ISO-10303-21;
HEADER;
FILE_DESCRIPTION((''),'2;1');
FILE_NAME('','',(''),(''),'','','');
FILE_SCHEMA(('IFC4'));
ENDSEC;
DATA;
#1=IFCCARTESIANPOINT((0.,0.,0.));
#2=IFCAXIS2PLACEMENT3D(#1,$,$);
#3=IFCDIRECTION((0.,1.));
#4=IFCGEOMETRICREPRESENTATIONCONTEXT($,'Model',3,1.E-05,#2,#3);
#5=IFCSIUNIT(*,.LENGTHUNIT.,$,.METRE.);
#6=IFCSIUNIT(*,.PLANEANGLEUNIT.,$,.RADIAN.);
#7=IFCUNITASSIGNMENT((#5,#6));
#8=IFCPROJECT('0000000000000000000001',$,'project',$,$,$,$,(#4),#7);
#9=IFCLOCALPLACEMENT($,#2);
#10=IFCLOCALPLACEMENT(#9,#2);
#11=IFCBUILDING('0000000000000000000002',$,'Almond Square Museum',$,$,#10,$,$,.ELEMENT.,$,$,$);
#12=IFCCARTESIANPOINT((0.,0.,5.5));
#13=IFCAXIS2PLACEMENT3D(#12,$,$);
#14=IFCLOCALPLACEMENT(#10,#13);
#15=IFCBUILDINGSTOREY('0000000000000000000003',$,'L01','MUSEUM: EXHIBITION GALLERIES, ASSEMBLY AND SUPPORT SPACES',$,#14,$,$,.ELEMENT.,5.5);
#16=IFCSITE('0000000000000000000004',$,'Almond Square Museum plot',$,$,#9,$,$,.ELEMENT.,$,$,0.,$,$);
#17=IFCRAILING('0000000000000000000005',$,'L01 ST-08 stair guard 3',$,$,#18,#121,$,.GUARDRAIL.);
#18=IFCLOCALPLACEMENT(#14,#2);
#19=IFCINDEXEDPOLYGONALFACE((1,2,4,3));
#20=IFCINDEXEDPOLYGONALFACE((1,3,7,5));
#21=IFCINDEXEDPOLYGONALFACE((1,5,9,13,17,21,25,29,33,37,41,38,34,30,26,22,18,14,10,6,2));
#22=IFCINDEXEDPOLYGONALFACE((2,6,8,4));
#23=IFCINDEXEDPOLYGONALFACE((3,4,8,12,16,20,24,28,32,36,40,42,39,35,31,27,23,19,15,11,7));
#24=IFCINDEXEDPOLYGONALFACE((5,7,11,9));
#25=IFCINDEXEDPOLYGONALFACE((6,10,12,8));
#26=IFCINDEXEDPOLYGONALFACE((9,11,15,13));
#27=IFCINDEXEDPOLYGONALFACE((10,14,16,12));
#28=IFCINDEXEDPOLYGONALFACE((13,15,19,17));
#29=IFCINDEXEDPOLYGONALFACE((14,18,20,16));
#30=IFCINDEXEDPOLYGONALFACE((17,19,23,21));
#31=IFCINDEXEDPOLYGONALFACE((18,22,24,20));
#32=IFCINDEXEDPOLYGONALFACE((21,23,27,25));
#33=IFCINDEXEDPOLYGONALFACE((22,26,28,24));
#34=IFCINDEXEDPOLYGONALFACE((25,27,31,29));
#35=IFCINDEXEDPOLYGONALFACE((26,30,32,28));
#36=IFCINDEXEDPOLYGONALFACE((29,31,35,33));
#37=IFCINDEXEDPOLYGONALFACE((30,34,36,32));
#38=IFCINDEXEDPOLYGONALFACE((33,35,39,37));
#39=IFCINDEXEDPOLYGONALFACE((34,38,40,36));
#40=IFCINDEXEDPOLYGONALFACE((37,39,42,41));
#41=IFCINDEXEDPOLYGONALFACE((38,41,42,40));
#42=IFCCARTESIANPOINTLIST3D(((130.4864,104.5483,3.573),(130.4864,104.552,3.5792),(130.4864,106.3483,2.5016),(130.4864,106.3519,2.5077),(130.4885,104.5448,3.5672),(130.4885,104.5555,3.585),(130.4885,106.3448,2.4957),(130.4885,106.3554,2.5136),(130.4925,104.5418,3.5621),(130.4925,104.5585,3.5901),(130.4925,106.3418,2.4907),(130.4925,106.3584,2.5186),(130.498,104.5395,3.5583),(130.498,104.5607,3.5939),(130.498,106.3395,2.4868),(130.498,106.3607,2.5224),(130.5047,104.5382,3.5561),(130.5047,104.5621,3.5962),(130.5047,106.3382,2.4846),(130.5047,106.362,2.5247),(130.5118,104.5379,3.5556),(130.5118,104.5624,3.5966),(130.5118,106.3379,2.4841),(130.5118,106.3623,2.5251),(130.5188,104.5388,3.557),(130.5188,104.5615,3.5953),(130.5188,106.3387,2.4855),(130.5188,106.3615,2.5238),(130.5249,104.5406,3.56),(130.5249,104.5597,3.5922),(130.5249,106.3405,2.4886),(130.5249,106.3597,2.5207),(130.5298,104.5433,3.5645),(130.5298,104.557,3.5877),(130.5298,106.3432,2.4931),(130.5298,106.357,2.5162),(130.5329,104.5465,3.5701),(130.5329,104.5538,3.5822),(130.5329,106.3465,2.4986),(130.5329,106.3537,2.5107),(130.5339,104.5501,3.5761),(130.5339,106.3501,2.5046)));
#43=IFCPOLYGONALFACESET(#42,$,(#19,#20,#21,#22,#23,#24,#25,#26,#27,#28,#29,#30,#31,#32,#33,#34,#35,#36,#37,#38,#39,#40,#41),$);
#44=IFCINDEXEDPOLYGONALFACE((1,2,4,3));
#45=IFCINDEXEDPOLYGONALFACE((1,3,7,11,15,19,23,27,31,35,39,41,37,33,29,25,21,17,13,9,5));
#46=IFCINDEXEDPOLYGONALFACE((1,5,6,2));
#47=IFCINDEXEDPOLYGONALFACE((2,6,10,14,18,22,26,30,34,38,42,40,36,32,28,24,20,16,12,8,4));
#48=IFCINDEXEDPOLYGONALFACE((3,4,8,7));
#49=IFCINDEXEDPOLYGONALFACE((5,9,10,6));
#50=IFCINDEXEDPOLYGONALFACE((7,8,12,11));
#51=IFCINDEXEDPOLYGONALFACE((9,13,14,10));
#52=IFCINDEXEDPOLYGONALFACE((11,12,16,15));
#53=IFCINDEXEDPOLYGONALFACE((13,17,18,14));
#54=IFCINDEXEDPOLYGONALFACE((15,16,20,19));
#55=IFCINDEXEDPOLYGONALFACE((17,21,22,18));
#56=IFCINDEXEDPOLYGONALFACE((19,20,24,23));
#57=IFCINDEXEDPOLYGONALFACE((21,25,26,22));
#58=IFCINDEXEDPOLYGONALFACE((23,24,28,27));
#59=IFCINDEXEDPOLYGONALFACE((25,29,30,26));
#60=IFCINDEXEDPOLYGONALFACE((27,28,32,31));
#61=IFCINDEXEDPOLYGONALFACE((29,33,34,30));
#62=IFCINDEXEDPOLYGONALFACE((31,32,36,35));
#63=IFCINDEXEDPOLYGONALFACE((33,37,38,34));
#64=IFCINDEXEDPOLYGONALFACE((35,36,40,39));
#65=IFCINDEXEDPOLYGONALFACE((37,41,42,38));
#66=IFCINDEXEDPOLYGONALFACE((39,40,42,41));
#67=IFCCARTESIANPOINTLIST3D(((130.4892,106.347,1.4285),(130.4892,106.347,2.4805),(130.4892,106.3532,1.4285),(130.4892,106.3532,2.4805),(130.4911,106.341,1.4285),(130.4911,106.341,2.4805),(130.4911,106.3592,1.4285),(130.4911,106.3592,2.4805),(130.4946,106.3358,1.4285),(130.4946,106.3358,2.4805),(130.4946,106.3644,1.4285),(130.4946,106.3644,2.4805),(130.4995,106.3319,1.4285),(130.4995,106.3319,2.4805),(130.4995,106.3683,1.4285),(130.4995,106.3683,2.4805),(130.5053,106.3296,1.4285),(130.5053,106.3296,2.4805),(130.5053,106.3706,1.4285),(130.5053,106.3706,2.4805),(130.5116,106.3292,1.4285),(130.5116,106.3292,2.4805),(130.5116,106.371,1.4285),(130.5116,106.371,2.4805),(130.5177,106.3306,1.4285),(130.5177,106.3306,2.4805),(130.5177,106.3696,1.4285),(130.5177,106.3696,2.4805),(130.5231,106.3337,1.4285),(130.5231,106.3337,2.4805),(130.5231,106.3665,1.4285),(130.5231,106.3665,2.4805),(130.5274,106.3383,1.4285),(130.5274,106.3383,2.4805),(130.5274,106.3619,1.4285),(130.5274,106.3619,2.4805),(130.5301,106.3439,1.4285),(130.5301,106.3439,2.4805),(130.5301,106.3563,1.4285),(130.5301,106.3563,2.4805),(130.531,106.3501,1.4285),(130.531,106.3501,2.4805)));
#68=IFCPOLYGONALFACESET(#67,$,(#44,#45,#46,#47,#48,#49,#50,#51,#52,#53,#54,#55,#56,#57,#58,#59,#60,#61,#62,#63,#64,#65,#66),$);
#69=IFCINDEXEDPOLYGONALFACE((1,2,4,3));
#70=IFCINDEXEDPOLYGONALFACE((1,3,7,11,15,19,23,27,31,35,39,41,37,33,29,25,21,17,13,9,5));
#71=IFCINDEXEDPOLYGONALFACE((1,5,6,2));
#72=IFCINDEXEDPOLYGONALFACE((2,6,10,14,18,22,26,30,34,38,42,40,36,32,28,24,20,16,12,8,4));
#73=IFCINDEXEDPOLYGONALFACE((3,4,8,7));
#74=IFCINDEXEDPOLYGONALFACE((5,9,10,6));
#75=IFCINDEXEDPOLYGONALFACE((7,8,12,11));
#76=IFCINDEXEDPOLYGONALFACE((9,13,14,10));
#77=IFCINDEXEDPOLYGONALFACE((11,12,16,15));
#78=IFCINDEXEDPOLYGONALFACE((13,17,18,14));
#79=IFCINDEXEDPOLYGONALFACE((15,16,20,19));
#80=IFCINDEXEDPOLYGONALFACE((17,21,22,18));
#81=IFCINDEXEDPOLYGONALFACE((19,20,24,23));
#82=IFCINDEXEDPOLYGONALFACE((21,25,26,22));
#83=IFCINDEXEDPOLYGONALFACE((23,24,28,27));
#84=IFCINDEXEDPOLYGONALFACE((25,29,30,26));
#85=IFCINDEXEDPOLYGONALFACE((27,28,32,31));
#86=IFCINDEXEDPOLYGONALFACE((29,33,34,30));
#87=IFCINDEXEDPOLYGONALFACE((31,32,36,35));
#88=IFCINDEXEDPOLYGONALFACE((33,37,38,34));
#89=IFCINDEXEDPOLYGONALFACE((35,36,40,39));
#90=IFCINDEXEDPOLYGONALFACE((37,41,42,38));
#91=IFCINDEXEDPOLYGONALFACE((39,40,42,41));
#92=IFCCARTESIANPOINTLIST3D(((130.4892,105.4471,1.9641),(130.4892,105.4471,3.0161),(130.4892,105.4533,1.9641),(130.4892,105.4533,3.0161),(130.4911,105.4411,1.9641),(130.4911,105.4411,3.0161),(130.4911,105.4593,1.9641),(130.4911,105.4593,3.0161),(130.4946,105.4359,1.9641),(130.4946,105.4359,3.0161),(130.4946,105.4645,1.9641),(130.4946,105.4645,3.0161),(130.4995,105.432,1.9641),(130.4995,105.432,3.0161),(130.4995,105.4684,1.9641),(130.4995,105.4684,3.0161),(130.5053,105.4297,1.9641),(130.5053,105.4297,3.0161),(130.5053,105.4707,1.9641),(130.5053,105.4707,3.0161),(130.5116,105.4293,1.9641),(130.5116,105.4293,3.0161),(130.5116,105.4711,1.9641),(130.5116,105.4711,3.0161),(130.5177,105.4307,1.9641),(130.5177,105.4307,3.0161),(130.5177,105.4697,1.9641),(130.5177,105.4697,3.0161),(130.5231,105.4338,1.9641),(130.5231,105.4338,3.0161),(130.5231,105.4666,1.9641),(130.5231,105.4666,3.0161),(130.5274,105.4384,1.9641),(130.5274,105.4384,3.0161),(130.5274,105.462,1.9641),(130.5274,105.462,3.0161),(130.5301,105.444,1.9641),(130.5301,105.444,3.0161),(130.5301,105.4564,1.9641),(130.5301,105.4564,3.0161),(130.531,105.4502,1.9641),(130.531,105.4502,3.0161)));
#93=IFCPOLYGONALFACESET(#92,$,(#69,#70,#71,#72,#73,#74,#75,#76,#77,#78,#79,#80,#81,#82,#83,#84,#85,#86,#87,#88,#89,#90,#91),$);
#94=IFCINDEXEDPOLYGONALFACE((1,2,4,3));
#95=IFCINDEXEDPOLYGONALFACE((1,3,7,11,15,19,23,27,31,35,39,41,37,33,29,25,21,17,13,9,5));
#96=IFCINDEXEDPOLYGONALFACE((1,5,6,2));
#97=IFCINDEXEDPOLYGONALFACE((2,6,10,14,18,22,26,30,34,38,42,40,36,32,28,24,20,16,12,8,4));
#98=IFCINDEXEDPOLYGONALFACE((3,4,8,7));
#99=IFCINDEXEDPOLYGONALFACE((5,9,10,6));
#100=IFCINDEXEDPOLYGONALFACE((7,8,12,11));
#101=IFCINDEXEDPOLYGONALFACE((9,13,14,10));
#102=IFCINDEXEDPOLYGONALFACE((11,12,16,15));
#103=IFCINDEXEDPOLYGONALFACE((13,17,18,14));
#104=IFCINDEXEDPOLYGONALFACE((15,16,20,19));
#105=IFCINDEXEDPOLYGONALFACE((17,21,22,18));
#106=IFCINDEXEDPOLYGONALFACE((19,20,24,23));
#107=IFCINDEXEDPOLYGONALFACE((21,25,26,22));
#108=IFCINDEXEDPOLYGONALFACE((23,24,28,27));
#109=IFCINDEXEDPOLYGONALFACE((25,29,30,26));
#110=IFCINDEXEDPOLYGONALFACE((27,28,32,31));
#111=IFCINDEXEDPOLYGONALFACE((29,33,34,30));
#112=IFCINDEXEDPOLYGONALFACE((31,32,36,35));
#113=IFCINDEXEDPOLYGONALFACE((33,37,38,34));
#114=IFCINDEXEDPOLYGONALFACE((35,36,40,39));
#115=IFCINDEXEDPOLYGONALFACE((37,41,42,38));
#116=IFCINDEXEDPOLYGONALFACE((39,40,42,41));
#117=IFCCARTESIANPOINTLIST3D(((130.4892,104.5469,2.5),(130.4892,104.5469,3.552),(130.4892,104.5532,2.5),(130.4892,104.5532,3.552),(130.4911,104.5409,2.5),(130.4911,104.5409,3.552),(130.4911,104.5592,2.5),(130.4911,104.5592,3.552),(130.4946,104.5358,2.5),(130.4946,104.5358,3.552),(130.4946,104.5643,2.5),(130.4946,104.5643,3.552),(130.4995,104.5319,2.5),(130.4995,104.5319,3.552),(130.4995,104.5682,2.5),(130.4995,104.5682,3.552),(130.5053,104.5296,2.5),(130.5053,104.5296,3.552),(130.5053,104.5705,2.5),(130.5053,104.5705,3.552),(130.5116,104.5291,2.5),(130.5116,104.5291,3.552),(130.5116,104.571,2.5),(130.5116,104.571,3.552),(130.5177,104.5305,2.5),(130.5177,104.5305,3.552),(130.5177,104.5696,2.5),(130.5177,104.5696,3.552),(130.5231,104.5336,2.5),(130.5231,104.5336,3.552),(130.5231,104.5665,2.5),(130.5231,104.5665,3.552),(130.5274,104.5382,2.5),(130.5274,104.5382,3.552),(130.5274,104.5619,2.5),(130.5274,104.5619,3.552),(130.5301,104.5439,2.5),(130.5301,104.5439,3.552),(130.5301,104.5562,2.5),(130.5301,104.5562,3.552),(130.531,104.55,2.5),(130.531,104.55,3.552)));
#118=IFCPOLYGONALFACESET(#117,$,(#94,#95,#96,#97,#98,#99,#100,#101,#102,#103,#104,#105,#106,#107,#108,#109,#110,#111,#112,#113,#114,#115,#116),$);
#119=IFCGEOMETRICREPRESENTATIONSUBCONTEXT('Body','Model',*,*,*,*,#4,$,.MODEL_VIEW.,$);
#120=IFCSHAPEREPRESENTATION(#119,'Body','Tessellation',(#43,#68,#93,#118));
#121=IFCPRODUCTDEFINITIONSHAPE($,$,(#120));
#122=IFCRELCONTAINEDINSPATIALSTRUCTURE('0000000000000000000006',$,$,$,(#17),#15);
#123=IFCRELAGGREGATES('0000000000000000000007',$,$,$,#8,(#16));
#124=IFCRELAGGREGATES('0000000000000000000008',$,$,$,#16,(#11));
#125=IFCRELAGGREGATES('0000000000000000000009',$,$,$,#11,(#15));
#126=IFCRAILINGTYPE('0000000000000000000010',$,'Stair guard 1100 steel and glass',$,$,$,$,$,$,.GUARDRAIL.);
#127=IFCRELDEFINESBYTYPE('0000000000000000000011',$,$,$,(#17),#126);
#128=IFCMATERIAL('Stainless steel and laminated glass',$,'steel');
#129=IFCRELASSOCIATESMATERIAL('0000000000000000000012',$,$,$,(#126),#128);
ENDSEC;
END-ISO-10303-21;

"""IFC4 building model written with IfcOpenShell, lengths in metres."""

from ifc_helpers import new_model, si_unit, direction, frame, origin, origin_2d, place, context, subcontext, project, spatial, circle, extrude, material, type_object, element, save


model = new_model("IFC4")

# Units and contexts
model_context = context("Model", 3, precision=1e-05, world=origin(), true_north=direction((0.0, 1.0)))
body_context = subcontext(model_context, "Body", "Model", "MODEL_VIEW")
ifc_project = project(units=[si_unit("LENGTHUNIT", "METRE"), si_unit("PLANEANGLEUNIT", "RADIAN")], contexts=[model_context])

# Site, building, storey
site_placement = place(None, origin())
site = spatial("IfcSite", under=ifc_project, at=site_placement, Name="Almond Square Museum plot", CompositionType="ELEMENT", RefElevation=0.0)
building_placement = place(site_placement, origin())
building = spatial("IfcBuilding", under=site, at=building_placement, Name="Almond Square Museum", CompositionType="ELEMENT")
storey_placement = place(building_placement, frame((0.0, 0.0, 5.5)))
storey = spatial("IfcBuildingStorey", under=building, at=storey_placement, Name="L01", Description="MUSEUM: EXHIBITION GALLERIES, ASSEMBLY AND SUPPORT SPACES", CompositionType="ELEMENT", Elevation=5.5)

# Railing
ifc_material_1 = material(Name="Stainless steel and laminated glass", Category="steel")
railing_type_1 = type_object("IfcRailingType", Name="Stair guard 1100 steel and glass", PredefinedType="GUARDRAIL", material=ifc_material_1)
railing_1_placement = place(storey_placement, frame((130.51, 106.3501, 1.4285)))
element("IfcRailing", 1, at=railing_1_placement, inside=storey, type_object=railing_type_1, Name="L01 ST-08 stair guard 3", PredefinedType="GUARDRAIL", context=body_context, shape_type="SweptSolid", body=[
    extrude(circle(Radius=0.0239, at=origin_2d()), frame((0.0, 0.0, 1.0762), z_axis=(0.0, -0.859277, 0.51151), x_axis=(1.0, 0.0, 0.0)), (0.0, 0.0, 1.0), 2.0947),
    extrude(circle(Radius=0.021, at=origin_2d()), origin(), (0.0, 0.0, 1.0), 1.052),
    extrude(circle(Radius=0.021, at=origin_2d()), frame((0.0, -0.8999, 0.5356)), (0.0, 0.0, 1.0), 1.052),
    extrude(circle(Radius=0.021, at=origin_2d()), frame((0.0, -1.8, 1.0715)), (0.0, 0.0, 1.0), 1.052),
])

save(model, "model.ifc")
